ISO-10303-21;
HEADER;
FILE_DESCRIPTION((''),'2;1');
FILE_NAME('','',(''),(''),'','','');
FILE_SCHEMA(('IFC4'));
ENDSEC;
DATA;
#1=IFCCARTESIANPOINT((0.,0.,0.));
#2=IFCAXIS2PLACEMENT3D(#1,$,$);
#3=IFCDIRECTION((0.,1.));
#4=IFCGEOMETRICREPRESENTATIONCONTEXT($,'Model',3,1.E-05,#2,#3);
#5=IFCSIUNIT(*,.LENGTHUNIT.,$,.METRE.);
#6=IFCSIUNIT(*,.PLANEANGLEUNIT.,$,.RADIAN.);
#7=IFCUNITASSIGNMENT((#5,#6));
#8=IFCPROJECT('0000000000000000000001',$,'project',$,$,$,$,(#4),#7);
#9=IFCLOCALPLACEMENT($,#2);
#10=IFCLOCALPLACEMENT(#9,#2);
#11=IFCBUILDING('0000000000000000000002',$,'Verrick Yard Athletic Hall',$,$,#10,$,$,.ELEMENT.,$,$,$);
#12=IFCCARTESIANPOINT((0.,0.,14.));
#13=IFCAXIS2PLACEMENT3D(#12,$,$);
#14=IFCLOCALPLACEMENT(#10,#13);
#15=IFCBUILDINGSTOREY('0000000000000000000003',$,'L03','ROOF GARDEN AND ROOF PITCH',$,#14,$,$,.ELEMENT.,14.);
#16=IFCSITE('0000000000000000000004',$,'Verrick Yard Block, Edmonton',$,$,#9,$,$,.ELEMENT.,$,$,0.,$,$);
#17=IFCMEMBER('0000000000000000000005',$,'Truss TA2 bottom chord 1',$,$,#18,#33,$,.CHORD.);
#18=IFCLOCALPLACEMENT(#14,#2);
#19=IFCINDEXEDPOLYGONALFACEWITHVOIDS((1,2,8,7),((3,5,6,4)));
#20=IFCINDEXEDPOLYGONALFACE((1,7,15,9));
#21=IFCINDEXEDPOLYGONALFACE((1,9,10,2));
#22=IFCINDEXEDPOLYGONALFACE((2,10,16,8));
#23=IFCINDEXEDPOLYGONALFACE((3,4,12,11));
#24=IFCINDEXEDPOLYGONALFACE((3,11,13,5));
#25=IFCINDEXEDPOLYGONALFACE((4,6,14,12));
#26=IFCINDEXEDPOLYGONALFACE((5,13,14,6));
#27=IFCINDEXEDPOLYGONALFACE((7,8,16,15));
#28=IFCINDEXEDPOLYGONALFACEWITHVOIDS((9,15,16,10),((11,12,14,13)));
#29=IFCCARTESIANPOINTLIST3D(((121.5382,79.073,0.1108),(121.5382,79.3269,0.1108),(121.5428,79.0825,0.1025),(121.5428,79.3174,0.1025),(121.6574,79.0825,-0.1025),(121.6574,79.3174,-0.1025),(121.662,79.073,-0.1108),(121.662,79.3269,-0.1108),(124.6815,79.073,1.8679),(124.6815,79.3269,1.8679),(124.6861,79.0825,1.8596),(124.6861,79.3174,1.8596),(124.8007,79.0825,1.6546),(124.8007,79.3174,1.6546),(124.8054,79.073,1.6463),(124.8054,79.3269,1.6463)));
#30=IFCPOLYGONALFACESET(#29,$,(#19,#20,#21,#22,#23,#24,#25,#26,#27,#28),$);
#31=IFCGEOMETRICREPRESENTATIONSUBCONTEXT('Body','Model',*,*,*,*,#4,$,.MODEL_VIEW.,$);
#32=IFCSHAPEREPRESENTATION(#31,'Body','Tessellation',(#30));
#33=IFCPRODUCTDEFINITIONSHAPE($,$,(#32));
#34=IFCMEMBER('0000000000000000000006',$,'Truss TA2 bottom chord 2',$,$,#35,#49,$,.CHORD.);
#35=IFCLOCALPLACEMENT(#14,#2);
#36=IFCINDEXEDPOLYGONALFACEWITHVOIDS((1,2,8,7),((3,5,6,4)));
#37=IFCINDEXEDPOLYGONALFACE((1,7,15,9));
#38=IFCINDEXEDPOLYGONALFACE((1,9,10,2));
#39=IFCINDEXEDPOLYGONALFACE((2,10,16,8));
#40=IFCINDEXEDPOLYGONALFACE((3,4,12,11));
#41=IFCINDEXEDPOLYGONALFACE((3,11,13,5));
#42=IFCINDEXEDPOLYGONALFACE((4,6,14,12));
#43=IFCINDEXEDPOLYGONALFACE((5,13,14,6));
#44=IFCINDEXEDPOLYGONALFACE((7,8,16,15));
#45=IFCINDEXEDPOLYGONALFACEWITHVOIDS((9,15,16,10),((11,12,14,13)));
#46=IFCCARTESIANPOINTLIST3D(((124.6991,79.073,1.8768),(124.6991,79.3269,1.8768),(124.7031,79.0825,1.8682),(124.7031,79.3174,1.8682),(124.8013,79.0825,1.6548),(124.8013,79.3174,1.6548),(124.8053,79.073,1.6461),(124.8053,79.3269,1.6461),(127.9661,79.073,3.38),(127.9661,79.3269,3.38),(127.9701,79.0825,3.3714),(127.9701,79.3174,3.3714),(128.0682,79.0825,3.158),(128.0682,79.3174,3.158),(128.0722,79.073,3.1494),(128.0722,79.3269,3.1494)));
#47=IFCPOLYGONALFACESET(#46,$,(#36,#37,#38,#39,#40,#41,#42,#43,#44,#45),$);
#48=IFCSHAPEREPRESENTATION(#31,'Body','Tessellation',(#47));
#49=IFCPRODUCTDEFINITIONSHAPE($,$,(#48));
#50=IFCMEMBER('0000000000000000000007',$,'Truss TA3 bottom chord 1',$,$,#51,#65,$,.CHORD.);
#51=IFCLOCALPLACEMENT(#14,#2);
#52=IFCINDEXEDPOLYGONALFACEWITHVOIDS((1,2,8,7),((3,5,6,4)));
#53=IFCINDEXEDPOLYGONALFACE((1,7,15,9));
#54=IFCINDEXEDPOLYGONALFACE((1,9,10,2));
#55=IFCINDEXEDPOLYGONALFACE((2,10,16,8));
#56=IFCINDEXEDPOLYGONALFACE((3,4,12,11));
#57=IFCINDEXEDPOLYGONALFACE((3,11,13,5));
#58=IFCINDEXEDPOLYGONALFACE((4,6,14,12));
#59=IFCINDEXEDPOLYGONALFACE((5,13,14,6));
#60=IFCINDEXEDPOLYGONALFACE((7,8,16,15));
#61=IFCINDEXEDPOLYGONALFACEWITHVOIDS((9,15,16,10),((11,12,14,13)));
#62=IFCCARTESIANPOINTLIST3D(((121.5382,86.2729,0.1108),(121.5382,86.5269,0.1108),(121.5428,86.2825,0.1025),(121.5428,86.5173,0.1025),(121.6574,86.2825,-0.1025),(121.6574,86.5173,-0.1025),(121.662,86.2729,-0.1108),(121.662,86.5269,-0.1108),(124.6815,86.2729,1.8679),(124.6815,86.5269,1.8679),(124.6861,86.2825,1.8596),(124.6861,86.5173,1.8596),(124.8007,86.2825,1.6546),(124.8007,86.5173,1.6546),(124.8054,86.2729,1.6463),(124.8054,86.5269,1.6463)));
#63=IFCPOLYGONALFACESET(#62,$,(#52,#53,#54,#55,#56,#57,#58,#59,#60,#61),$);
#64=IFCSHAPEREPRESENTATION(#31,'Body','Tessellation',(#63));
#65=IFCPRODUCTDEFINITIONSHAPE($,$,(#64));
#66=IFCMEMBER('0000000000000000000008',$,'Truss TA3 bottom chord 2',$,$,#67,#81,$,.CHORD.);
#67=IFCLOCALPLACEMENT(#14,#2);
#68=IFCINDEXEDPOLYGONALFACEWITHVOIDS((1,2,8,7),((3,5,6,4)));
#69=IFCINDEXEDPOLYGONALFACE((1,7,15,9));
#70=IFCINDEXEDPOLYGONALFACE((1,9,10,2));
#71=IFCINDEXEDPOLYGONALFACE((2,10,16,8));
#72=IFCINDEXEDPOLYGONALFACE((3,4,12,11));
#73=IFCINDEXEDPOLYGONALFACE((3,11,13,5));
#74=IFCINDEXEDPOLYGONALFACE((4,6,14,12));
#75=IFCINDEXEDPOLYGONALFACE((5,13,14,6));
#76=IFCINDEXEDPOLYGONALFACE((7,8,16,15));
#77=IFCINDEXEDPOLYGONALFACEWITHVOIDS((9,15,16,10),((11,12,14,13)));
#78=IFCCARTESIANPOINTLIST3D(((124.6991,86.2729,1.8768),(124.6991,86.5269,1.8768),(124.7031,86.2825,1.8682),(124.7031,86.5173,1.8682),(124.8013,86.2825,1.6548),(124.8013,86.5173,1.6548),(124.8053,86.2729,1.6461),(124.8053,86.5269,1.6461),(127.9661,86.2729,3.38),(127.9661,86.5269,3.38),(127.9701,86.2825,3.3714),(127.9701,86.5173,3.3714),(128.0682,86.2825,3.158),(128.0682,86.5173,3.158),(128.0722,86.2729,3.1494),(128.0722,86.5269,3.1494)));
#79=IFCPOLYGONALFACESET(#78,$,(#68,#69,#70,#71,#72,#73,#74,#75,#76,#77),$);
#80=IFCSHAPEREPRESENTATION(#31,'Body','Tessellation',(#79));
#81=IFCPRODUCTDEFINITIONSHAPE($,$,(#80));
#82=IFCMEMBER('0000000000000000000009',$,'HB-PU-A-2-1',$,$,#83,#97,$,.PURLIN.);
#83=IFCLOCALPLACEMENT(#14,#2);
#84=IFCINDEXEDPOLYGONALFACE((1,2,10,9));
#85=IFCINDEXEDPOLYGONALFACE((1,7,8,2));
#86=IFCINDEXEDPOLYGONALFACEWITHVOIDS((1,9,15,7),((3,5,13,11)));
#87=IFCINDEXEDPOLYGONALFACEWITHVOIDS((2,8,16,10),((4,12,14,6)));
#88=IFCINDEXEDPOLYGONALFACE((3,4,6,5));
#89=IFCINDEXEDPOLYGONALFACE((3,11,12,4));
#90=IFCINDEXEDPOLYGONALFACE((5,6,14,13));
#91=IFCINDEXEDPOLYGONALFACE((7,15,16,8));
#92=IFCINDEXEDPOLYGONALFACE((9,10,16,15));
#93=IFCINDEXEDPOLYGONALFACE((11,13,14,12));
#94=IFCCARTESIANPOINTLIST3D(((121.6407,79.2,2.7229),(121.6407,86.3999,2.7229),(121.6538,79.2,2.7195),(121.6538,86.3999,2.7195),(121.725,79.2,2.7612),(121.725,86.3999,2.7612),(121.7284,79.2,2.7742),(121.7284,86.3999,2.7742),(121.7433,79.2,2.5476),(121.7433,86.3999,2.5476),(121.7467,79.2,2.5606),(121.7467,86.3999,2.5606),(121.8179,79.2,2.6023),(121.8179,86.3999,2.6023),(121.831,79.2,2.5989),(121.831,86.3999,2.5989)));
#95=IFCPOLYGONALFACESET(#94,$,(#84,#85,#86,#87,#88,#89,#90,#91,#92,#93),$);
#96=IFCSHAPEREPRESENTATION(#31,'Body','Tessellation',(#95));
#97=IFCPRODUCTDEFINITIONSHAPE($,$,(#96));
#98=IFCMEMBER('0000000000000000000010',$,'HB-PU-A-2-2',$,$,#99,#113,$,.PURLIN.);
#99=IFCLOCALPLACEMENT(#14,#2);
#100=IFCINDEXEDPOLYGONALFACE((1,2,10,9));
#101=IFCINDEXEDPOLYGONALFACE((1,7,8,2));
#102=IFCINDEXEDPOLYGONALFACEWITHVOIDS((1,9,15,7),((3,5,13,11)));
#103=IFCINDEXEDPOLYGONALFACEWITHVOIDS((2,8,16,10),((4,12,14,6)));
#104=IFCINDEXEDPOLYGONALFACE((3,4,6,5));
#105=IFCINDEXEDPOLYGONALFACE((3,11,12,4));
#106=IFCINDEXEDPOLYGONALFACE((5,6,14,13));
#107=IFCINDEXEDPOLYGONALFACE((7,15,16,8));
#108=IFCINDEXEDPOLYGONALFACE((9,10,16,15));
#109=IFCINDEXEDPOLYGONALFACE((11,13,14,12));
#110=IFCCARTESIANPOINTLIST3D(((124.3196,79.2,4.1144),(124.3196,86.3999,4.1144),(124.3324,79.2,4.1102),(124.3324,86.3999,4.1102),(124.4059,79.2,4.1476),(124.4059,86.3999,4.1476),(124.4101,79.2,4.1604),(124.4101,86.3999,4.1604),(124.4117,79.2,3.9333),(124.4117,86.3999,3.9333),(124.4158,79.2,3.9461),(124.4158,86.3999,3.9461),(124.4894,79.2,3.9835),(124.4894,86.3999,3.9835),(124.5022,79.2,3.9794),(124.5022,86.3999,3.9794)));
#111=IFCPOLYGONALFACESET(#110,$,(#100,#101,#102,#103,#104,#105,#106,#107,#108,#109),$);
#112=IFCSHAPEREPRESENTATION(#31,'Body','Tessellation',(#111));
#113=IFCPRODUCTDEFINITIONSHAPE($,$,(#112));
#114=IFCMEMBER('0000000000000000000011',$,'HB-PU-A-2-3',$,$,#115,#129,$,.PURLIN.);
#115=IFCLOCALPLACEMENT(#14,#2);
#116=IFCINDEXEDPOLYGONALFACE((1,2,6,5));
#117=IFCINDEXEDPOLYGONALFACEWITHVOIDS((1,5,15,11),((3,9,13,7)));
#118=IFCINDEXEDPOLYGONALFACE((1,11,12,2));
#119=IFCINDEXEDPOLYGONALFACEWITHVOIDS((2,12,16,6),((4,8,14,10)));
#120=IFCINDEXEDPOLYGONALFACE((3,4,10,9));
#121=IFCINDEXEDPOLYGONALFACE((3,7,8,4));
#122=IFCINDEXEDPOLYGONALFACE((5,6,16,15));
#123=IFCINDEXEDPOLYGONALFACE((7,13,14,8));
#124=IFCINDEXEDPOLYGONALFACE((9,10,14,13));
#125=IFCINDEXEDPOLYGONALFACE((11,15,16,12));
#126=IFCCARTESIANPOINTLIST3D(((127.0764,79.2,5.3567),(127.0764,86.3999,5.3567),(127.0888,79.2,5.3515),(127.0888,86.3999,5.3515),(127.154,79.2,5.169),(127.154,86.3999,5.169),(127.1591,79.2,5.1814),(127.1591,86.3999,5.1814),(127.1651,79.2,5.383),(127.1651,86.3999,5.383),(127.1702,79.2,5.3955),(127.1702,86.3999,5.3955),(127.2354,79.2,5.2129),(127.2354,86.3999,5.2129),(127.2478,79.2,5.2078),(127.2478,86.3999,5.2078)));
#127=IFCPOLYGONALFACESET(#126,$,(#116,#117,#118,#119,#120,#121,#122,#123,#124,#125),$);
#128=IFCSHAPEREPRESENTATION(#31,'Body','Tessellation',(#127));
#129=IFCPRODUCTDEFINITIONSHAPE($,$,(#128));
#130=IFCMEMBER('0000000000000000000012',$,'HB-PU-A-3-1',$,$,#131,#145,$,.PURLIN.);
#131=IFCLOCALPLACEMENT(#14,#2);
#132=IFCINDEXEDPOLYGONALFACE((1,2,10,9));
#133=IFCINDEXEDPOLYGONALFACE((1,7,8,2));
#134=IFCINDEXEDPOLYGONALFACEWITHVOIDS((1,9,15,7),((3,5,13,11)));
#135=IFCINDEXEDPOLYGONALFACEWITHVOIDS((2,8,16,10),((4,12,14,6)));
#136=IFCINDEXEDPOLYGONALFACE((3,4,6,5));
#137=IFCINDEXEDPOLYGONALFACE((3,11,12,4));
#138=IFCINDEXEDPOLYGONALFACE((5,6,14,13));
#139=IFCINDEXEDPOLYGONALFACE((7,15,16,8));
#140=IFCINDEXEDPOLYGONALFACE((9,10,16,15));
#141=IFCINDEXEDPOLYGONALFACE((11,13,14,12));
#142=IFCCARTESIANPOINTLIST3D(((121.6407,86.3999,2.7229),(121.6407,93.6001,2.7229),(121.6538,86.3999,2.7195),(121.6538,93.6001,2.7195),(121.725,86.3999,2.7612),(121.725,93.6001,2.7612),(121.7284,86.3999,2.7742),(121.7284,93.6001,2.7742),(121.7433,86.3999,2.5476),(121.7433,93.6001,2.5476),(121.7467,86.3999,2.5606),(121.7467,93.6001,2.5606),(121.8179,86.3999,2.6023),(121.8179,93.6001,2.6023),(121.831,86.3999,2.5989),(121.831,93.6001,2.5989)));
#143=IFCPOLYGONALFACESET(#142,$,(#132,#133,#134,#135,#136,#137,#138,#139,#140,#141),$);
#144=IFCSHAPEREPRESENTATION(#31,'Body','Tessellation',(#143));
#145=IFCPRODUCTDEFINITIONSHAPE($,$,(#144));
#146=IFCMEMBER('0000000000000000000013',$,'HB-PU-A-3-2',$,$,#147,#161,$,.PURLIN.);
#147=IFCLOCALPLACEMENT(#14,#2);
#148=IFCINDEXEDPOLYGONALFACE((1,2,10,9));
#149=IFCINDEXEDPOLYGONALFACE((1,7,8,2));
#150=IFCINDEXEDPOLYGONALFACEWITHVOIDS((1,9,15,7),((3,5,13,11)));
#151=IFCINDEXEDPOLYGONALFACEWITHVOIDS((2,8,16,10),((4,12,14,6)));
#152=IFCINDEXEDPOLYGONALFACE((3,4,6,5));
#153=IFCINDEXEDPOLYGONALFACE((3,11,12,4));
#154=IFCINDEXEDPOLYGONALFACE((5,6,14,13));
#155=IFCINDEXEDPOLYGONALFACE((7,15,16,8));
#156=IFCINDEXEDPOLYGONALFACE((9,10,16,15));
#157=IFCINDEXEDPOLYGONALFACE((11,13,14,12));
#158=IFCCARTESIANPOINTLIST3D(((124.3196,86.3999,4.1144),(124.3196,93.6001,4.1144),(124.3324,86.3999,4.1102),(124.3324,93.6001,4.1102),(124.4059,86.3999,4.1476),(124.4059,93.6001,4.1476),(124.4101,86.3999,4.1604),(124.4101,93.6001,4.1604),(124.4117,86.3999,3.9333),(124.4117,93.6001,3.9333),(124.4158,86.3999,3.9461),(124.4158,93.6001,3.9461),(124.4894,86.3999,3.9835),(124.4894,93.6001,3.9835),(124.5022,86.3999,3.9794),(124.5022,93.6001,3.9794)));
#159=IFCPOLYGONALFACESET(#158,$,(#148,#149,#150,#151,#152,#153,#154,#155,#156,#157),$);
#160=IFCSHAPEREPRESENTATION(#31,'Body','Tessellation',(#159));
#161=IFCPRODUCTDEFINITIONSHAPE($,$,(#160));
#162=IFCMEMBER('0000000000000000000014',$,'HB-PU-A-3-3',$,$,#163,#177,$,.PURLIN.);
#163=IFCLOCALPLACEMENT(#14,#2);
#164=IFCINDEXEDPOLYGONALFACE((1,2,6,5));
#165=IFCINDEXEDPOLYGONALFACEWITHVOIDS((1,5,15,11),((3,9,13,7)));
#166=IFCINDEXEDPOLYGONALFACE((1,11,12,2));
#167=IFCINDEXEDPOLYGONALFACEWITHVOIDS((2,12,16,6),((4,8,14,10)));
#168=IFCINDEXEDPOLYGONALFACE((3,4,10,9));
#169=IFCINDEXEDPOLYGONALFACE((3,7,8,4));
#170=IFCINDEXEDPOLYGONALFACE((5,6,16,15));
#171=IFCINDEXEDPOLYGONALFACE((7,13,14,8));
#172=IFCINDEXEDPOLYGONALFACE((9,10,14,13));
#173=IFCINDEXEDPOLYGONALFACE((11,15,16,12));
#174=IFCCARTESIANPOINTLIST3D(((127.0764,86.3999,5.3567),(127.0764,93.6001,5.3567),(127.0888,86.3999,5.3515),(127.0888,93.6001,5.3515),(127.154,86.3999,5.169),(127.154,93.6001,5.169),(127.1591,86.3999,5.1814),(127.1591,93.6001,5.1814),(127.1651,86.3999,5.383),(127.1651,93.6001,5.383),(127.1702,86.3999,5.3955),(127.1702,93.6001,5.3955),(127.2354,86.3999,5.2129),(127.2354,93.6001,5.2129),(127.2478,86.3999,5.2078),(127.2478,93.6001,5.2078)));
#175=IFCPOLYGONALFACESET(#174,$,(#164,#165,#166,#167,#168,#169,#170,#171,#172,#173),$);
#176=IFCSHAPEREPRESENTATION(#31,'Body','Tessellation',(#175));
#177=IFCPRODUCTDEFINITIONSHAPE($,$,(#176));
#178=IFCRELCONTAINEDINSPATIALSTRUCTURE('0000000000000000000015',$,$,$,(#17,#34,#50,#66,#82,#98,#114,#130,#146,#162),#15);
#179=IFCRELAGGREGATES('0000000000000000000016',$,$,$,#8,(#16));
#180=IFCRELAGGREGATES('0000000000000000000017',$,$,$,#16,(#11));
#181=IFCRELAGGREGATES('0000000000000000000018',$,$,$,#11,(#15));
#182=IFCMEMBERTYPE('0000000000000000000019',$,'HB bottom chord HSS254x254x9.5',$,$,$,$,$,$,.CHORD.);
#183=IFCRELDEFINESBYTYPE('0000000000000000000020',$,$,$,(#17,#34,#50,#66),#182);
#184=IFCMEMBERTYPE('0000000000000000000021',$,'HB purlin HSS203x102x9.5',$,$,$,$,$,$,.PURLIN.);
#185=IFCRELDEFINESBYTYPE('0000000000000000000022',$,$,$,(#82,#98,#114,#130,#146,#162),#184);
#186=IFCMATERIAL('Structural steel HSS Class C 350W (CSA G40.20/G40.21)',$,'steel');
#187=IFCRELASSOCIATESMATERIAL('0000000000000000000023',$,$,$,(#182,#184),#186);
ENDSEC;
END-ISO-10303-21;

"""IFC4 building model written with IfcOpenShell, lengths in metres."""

from ifc_helpers import new_model, si_unit, direction, frame, origin, origin_2d, place, context, subcontext, project, spatial, hollow_rectangle, extrude, material, material_profile, profile_set, type_object, element, save


model = new_model("IFC4")

# Units and contexts
model_context = context("Model", 3, precision=1e-05, world=origin(), true_north=direction((0.0, 1.0)))
body_context = subcontext(model_context, "Body", "Model", "MODEL_VIEW")
ifc_project = project(units=[si_unit("LENGTHUNIT", "METRE"), si_unit("PLANEANGLEUNIT", "RADIAN")], contexts=[model_context])

# Site, building, storey
site_placement = place(None, origin())
site = spatial("IfcSite", under=ifc_project, at=site_placement, Name="Verrick Yard Block, Edmonton", CompositionType="ELEMENT", RefElevation=0.0)
building_placement = place(site_placement, origin())
building = spatial("IfcBuilding", under=site, at=building_placement, Name="Verrick Yard Athletic Hall", CompositionType="ELEMENT")
storey_placement = place(building_placement, frame((0.0, 0.0, 14.0)))
storey = spatial("IfcBuildingStorey", under=building, at=storey_placement, Name="L03", Description="ROOF GARDEN AND ROOF PITCH", CompositionType="ELEMENT", Elevation=14.0)

# Members
ifc_material_1 = material(Name="Structural steel HSS Class C 350W (CSA G40.20/G40.21)", Category="steel")
ifc_material_profile_1 = material_profile(ifc_material_1, hollow_rectangle(XDim=0.2539, YDim=0.2539, WallThickness=0.0095, at=origin_2d()), Name="HSS254x254x9.5")
ifc_profile_set_1 = profile_set([ifc_material_profile_1], Name="Structural steel HSS Class C 350W (CSA G40.20/G40.21)")
member_type_1 = type_object("IfcMemberType", Name="HB bottom chord HSS254x254x9.5", PredefinedType="CHORD", material=ifc_profile_set_1)
member_1_placement = place(storey_placement, frame((121.6001, 79.2, 0.0), z_axis=(0.872881, 0.0, 0.487932), x_axis=(0.0, 1.0, 0.0)))
element("IfcMember", 1, at=member_1_placement, inside=storey, type_object=member_type_1, Name="Truss TA2 bottom chord 1", PredefinedType="CHORD", context=body_context, shape_type="SweptSolid", body=[
    extrude(hollow_rectangle(XDim=0.2539, YDim=0.2539, WallThickness=0.0095, at=origin_2d()), origin(), (0.0, 0.0, 1.0), 3.6011),
])
member_2_placement = place(storey_placement, frame((124.7522, 79.2, 1.7615), z_axis=(0.908446, 0.0, 0.418003), x_axis=(0.0, 1.0, 0.0)))
element("IfcMember", 2, at=member_2_placement, inside=storey, type_object=member_type_1, Name="Truss TA2 bottom chord 2", PredefinedType="CHORD", context=body_context, shape_type="SweptSolid", body=[
    extrude(hollow_rectangle(XDim=0.2539, YDim=0.2539, WallThickness=0.0095, at=origin_2d()), origin(), (0.0, 0.0, 1.0), 3.5962),
])
member_3_placement = place(storey_placement, frame((121.6001, 86.3999, 0.0), z_axis=(0.872881, 0.0, 0.487932), x_axis=(0.0, 1.0, 0.0)))
element("IfcMember", 3, at=member_3_placement, inside=storey, type_object=member_type_1, Name="Truss TA3 bottom chord 1", PredefinedType="CHORD", context=body_context, shape_type="SweptSolid", body=[
    extrude(hollow_rectangle(XDim=0.2539, YDim=0.2539, WallThickness=0.0095, at=origin_2d()), origin(), (0.0, 0.0, 1.0), 3.6011),
])
member_4_placement = place(storey_placement, frame((124.7522, 86.3999, 1.7615), z_axis=(0.908446, 0.0, 0.418003), x_axis=(0.0, 1.0, 0.0)))
element("IfcMember", 4, at=member_4_placement, inside=storey, type_object=member_type_1, Name="Truss TA3 bottom chord 2", PredefinedType="CHORD", context=body_context, shape_type="SweptSolid", body=[
    extrude(hollow_rectangle(XDim=0.2539, YDim=0.2539, WallThickness=0.0095, at=origin_2d()), origin(), (0.0, 0.0, 1.0), 3.5962),
])
ifc_material_profile_2 = material_profile(ifc_material_1, hollow_rectangle(XDim=0.1016, YDim=0.2031, WallThickness=0.0095, at=origin_2d()), Name="HSS203x102x9.5")
ifc_profile_set_2 = profile_set([ifc_material_profile_2], Name="Structural steel HSS Class C 350W (CSA G40.20/G40.21)")
member_type_2 = type_object("IfcMemberType", Name="HB purlin HSS203x102x9.5", PredefinedType="PURLIN", material=ifc_profile_set_2)
for number, where, z_axis, x_axis, name in (
    (5, (121.7358, 79.2, 2.6609), (0.0, 1.0, 0.0), (-0.863168, 0.0, -0.504917), "HB-PU-A-2-1"),
    (6, (124.4109, 79.2, 4.0469), (0.0, 1.0, 0.0), (-0.891353, 0.0, -0.45331), "HB-PU-A-2-2"),
    (7, (127.1621, 79.2, 5.2822), (0.0, 1.0, 0.0), (-0.924123, 0.0, -0.382096), "HB-PU-A-2-3"),
):
    element("IfcMember", number, at=place(storey_placement, frame(where, z_axis=z_axis, x_axis=x_axis)), inside=storey, type_object=member_type_2, Name=name, PredefinedType="PURLIN", context=body_context, shape_type="SweptSolid", body=[
        extrude(hollow_rectangle(XDim=0.1016, YDim=0.2031, WallThickness=0.0095, at=origin_2d()), origin(), (0.0, 0.0, 1.0), 7.2),
    ])
for number, where, z_axis, x_axis, name in (
    (8, (121.7358, 86.3999, 2.6609), (0.0, 1.0, 0.0), (-0.863168, 0.0, -0.504917), "HB-PU-A-3-1"),
    (9, (124.4109, 86.3999, 4.0469), (0.0, 1.0, 0.0), (-0.891353, 0.0, -0.45331), "HB-PU-A-3-2"),
    (10, (127.1621, 86.3999, 5.2822), (0.0, 1.0, 0.0), (-0.924123, 0.0, -0.382096), "HB-PU-A-3-3"),
):
    element("IfcMember", number, at=place(storey_placement, frame(where, z_axis=z_axis, x_axis=x_axis)), inside=storey, type_object=member_type_2, Name=name, PredefinedType="PURLIN", context=body_context, shape_type="SweptSolid", body=[
        extrude(hollow_rectangle(XDim=0.1016, YDim=0.2031, WallThickness=0.0095, at=origin_2d()), origin(), (0.0, 0.0, 1.0), 7.2002),
    ])

save(model, "model.ifc")
